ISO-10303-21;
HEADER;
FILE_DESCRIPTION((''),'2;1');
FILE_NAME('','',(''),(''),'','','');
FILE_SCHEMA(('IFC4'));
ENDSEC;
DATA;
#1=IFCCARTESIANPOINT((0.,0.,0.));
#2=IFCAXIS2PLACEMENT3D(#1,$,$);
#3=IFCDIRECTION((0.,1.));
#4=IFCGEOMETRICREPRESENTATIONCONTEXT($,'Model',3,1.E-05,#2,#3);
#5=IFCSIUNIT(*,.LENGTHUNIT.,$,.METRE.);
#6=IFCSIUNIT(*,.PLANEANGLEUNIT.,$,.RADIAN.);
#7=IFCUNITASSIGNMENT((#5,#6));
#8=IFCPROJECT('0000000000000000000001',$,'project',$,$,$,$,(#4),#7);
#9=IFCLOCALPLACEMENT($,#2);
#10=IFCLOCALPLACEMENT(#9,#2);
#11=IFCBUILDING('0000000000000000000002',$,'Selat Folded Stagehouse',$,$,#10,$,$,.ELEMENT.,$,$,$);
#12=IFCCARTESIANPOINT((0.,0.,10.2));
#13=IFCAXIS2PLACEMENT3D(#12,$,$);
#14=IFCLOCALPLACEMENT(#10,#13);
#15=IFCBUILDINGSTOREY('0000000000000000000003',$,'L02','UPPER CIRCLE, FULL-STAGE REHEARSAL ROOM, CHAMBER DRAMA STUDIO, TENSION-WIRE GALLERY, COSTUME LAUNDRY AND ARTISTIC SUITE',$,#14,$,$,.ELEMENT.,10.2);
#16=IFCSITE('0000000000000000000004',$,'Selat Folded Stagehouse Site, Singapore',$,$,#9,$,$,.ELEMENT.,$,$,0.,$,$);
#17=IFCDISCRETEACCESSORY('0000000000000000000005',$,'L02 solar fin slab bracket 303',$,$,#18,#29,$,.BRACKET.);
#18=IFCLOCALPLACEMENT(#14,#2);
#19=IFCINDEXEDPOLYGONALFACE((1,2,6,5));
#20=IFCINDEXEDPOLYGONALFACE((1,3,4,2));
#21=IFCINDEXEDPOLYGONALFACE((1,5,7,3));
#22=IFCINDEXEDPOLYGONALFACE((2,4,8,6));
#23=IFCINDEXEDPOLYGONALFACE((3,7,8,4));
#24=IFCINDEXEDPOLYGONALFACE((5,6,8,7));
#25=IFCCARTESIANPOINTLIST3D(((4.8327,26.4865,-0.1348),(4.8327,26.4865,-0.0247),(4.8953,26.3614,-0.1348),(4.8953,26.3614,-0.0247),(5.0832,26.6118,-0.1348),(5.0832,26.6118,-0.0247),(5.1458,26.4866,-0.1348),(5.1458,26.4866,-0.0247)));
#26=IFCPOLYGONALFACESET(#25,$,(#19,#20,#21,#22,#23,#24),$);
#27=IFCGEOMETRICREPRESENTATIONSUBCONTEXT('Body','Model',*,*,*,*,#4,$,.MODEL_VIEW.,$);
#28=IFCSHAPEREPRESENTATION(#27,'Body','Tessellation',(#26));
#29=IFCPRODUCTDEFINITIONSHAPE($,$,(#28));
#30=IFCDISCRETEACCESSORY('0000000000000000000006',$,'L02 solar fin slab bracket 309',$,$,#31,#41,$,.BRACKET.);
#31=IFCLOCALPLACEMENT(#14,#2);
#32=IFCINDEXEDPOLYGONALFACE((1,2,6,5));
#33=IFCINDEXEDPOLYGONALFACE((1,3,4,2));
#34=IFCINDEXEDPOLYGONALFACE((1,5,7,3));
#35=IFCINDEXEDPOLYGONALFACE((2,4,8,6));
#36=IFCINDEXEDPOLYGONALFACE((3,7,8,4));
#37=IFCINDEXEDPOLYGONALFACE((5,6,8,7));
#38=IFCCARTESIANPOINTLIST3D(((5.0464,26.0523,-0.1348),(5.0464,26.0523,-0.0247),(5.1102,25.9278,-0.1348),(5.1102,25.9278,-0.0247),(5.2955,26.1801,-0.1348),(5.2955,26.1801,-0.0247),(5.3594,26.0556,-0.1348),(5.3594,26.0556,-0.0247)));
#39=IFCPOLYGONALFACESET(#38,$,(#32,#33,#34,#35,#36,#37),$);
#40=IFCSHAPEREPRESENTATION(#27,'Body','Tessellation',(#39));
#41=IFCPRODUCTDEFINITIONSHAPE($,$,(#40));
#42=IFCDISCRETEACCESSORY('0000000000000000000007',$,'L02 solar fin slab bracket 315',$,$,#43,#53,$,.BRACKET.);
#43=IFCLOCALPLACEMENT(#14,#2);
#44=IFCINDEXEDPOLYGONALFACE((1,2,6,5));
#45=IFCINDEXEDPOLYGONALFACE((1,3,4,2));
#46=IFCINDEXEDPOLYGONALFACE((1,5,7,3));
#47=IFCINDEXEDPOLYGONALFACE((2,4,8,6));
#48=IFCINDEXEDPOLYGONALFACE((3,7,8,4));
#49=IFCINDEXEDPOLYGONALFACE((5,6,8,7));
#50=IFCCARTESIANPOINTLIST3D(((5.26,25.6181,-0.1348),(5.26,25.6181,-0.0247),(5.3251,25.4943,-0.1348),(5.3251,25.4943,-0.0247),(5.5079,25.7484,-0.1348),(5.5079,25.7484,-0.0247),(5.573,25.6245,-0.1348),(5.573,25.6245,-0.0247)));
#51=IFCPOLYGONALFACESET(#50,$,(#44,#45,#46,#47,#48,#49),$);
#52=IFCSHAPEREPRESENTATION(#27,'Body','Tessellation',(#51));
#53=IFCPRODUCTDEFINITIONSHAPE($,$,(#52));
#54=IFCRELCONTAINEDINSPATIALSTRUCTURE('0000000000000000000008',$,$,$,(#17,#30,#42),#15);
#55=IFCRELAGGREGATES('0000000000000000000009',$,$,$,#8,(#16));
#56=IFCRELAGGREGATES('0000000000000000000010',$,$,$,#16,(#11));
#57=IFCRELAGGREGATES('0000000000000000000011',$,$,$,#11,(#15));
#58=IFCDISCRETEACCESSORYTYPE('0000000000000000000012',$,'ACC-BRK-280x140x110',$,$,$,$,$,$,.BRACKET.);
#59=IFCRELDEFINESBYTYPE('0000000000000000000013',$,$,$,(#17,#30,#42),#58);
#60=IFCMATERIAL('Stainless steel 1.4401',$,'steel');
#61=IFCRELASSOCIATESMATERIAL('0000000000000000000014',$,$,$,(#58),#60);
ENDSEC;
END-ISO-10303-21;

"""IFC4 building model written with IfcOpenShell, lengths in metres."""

from ifc_helpers import new_model, si_unit, direction, frame, origin, origin_2d, place, context, subcontext, project, spatial, rectangle, extrude, material, type_object, element, save


model = new_model("IFC4")

# Units and contexts
model_context = context("Model", 3, precision=1e-05, world=origin(), true_north=direction((0.0, 1.0)))
body_context = subcontext(model_context, "Body", "Model", "MODEL_VIEW")
ifc_project = project(units=[si_unit("LENGTHUNIT", "METRE"), si_unit("PLANEANGLEUNIT", "RADIAN")], contexts=[model_context])

# Site, building, storey
site_placement = place(None, origin())
site = spatial("IfcSite", under=ifc_project, at=site_placement, Name="Selat Folded Stagehouse Site, Singapore", CompositionType="ELEMENT", RefElevation=0.0)
building_placement = place(site_placement, origin())
building = spatial("IfcBuilding", under=site, at=building_placement, Name="Selat Folded Stagehouse", CompositionType="ELEMENT")
storey_placement = place(building_placement, frame((0.0, 0.0, 10.2)))
storey = spatial("IfcBuildingStorey", under=building, at=storey_placement, Name="L02", Description="UPPER CIRCLE, FULL-STAGE REHEARSAL ROOM, CHAMBER DRAMA STUDIO, TENSION-WIRE GALLERY, COSTUME LAUNDRY AND ARTISTIC SUITE", CompositionType="ELEMENT", Elevation=10.2)

# Discrete accessories
ifc_material_1 = material(Name="Stainless steel 1.4401", Category="steel")
discrete_accessory_type = type_object("IfcDiscreteAccessoryType", Name="ACC-BRK-280x140x110", PredefinedType="BRACKET", material=ifc_material_1)
for number, where, z_axis, x_axis, name in (
    (1, (4.9893, 26.4866, -0.1348), (0.0, 0.0, 1.0), (-0.894389, -0.447291, 0.0), "L02 solar fin slab bracket 303"),
    (2, (5.2029, 26.054, -0.1348), (0.0, 0.0, 1.0), (-0.889815, -0.456322, 0.0), "L02 solar fin slab bracket 309"),
    (3, (5.4165, 25.6213, -0.1348), (0.0, 0.0, 1.0), (-0.885231, -0.465151, 0.0), "L02 solar fin slab bracket 315"),
):
    element("IfcDiscreteAccessory", number, at=place(storey_placement, frame(where, z_axis=z_axis, x_axis=x_axis)), inside=storey, type_object=discrete_accessory_type, Name=name, PredefinedType="BRACKET", context=body_context, shape_type="SweptSolid", body=[
        extrude(rectangle(XDim=0.28, YDim=0.1399, at=origin_2d()), origin(), (0.0, 0.0, 1.0), 0.1101),
    ])

save(model, "model.ifc")
